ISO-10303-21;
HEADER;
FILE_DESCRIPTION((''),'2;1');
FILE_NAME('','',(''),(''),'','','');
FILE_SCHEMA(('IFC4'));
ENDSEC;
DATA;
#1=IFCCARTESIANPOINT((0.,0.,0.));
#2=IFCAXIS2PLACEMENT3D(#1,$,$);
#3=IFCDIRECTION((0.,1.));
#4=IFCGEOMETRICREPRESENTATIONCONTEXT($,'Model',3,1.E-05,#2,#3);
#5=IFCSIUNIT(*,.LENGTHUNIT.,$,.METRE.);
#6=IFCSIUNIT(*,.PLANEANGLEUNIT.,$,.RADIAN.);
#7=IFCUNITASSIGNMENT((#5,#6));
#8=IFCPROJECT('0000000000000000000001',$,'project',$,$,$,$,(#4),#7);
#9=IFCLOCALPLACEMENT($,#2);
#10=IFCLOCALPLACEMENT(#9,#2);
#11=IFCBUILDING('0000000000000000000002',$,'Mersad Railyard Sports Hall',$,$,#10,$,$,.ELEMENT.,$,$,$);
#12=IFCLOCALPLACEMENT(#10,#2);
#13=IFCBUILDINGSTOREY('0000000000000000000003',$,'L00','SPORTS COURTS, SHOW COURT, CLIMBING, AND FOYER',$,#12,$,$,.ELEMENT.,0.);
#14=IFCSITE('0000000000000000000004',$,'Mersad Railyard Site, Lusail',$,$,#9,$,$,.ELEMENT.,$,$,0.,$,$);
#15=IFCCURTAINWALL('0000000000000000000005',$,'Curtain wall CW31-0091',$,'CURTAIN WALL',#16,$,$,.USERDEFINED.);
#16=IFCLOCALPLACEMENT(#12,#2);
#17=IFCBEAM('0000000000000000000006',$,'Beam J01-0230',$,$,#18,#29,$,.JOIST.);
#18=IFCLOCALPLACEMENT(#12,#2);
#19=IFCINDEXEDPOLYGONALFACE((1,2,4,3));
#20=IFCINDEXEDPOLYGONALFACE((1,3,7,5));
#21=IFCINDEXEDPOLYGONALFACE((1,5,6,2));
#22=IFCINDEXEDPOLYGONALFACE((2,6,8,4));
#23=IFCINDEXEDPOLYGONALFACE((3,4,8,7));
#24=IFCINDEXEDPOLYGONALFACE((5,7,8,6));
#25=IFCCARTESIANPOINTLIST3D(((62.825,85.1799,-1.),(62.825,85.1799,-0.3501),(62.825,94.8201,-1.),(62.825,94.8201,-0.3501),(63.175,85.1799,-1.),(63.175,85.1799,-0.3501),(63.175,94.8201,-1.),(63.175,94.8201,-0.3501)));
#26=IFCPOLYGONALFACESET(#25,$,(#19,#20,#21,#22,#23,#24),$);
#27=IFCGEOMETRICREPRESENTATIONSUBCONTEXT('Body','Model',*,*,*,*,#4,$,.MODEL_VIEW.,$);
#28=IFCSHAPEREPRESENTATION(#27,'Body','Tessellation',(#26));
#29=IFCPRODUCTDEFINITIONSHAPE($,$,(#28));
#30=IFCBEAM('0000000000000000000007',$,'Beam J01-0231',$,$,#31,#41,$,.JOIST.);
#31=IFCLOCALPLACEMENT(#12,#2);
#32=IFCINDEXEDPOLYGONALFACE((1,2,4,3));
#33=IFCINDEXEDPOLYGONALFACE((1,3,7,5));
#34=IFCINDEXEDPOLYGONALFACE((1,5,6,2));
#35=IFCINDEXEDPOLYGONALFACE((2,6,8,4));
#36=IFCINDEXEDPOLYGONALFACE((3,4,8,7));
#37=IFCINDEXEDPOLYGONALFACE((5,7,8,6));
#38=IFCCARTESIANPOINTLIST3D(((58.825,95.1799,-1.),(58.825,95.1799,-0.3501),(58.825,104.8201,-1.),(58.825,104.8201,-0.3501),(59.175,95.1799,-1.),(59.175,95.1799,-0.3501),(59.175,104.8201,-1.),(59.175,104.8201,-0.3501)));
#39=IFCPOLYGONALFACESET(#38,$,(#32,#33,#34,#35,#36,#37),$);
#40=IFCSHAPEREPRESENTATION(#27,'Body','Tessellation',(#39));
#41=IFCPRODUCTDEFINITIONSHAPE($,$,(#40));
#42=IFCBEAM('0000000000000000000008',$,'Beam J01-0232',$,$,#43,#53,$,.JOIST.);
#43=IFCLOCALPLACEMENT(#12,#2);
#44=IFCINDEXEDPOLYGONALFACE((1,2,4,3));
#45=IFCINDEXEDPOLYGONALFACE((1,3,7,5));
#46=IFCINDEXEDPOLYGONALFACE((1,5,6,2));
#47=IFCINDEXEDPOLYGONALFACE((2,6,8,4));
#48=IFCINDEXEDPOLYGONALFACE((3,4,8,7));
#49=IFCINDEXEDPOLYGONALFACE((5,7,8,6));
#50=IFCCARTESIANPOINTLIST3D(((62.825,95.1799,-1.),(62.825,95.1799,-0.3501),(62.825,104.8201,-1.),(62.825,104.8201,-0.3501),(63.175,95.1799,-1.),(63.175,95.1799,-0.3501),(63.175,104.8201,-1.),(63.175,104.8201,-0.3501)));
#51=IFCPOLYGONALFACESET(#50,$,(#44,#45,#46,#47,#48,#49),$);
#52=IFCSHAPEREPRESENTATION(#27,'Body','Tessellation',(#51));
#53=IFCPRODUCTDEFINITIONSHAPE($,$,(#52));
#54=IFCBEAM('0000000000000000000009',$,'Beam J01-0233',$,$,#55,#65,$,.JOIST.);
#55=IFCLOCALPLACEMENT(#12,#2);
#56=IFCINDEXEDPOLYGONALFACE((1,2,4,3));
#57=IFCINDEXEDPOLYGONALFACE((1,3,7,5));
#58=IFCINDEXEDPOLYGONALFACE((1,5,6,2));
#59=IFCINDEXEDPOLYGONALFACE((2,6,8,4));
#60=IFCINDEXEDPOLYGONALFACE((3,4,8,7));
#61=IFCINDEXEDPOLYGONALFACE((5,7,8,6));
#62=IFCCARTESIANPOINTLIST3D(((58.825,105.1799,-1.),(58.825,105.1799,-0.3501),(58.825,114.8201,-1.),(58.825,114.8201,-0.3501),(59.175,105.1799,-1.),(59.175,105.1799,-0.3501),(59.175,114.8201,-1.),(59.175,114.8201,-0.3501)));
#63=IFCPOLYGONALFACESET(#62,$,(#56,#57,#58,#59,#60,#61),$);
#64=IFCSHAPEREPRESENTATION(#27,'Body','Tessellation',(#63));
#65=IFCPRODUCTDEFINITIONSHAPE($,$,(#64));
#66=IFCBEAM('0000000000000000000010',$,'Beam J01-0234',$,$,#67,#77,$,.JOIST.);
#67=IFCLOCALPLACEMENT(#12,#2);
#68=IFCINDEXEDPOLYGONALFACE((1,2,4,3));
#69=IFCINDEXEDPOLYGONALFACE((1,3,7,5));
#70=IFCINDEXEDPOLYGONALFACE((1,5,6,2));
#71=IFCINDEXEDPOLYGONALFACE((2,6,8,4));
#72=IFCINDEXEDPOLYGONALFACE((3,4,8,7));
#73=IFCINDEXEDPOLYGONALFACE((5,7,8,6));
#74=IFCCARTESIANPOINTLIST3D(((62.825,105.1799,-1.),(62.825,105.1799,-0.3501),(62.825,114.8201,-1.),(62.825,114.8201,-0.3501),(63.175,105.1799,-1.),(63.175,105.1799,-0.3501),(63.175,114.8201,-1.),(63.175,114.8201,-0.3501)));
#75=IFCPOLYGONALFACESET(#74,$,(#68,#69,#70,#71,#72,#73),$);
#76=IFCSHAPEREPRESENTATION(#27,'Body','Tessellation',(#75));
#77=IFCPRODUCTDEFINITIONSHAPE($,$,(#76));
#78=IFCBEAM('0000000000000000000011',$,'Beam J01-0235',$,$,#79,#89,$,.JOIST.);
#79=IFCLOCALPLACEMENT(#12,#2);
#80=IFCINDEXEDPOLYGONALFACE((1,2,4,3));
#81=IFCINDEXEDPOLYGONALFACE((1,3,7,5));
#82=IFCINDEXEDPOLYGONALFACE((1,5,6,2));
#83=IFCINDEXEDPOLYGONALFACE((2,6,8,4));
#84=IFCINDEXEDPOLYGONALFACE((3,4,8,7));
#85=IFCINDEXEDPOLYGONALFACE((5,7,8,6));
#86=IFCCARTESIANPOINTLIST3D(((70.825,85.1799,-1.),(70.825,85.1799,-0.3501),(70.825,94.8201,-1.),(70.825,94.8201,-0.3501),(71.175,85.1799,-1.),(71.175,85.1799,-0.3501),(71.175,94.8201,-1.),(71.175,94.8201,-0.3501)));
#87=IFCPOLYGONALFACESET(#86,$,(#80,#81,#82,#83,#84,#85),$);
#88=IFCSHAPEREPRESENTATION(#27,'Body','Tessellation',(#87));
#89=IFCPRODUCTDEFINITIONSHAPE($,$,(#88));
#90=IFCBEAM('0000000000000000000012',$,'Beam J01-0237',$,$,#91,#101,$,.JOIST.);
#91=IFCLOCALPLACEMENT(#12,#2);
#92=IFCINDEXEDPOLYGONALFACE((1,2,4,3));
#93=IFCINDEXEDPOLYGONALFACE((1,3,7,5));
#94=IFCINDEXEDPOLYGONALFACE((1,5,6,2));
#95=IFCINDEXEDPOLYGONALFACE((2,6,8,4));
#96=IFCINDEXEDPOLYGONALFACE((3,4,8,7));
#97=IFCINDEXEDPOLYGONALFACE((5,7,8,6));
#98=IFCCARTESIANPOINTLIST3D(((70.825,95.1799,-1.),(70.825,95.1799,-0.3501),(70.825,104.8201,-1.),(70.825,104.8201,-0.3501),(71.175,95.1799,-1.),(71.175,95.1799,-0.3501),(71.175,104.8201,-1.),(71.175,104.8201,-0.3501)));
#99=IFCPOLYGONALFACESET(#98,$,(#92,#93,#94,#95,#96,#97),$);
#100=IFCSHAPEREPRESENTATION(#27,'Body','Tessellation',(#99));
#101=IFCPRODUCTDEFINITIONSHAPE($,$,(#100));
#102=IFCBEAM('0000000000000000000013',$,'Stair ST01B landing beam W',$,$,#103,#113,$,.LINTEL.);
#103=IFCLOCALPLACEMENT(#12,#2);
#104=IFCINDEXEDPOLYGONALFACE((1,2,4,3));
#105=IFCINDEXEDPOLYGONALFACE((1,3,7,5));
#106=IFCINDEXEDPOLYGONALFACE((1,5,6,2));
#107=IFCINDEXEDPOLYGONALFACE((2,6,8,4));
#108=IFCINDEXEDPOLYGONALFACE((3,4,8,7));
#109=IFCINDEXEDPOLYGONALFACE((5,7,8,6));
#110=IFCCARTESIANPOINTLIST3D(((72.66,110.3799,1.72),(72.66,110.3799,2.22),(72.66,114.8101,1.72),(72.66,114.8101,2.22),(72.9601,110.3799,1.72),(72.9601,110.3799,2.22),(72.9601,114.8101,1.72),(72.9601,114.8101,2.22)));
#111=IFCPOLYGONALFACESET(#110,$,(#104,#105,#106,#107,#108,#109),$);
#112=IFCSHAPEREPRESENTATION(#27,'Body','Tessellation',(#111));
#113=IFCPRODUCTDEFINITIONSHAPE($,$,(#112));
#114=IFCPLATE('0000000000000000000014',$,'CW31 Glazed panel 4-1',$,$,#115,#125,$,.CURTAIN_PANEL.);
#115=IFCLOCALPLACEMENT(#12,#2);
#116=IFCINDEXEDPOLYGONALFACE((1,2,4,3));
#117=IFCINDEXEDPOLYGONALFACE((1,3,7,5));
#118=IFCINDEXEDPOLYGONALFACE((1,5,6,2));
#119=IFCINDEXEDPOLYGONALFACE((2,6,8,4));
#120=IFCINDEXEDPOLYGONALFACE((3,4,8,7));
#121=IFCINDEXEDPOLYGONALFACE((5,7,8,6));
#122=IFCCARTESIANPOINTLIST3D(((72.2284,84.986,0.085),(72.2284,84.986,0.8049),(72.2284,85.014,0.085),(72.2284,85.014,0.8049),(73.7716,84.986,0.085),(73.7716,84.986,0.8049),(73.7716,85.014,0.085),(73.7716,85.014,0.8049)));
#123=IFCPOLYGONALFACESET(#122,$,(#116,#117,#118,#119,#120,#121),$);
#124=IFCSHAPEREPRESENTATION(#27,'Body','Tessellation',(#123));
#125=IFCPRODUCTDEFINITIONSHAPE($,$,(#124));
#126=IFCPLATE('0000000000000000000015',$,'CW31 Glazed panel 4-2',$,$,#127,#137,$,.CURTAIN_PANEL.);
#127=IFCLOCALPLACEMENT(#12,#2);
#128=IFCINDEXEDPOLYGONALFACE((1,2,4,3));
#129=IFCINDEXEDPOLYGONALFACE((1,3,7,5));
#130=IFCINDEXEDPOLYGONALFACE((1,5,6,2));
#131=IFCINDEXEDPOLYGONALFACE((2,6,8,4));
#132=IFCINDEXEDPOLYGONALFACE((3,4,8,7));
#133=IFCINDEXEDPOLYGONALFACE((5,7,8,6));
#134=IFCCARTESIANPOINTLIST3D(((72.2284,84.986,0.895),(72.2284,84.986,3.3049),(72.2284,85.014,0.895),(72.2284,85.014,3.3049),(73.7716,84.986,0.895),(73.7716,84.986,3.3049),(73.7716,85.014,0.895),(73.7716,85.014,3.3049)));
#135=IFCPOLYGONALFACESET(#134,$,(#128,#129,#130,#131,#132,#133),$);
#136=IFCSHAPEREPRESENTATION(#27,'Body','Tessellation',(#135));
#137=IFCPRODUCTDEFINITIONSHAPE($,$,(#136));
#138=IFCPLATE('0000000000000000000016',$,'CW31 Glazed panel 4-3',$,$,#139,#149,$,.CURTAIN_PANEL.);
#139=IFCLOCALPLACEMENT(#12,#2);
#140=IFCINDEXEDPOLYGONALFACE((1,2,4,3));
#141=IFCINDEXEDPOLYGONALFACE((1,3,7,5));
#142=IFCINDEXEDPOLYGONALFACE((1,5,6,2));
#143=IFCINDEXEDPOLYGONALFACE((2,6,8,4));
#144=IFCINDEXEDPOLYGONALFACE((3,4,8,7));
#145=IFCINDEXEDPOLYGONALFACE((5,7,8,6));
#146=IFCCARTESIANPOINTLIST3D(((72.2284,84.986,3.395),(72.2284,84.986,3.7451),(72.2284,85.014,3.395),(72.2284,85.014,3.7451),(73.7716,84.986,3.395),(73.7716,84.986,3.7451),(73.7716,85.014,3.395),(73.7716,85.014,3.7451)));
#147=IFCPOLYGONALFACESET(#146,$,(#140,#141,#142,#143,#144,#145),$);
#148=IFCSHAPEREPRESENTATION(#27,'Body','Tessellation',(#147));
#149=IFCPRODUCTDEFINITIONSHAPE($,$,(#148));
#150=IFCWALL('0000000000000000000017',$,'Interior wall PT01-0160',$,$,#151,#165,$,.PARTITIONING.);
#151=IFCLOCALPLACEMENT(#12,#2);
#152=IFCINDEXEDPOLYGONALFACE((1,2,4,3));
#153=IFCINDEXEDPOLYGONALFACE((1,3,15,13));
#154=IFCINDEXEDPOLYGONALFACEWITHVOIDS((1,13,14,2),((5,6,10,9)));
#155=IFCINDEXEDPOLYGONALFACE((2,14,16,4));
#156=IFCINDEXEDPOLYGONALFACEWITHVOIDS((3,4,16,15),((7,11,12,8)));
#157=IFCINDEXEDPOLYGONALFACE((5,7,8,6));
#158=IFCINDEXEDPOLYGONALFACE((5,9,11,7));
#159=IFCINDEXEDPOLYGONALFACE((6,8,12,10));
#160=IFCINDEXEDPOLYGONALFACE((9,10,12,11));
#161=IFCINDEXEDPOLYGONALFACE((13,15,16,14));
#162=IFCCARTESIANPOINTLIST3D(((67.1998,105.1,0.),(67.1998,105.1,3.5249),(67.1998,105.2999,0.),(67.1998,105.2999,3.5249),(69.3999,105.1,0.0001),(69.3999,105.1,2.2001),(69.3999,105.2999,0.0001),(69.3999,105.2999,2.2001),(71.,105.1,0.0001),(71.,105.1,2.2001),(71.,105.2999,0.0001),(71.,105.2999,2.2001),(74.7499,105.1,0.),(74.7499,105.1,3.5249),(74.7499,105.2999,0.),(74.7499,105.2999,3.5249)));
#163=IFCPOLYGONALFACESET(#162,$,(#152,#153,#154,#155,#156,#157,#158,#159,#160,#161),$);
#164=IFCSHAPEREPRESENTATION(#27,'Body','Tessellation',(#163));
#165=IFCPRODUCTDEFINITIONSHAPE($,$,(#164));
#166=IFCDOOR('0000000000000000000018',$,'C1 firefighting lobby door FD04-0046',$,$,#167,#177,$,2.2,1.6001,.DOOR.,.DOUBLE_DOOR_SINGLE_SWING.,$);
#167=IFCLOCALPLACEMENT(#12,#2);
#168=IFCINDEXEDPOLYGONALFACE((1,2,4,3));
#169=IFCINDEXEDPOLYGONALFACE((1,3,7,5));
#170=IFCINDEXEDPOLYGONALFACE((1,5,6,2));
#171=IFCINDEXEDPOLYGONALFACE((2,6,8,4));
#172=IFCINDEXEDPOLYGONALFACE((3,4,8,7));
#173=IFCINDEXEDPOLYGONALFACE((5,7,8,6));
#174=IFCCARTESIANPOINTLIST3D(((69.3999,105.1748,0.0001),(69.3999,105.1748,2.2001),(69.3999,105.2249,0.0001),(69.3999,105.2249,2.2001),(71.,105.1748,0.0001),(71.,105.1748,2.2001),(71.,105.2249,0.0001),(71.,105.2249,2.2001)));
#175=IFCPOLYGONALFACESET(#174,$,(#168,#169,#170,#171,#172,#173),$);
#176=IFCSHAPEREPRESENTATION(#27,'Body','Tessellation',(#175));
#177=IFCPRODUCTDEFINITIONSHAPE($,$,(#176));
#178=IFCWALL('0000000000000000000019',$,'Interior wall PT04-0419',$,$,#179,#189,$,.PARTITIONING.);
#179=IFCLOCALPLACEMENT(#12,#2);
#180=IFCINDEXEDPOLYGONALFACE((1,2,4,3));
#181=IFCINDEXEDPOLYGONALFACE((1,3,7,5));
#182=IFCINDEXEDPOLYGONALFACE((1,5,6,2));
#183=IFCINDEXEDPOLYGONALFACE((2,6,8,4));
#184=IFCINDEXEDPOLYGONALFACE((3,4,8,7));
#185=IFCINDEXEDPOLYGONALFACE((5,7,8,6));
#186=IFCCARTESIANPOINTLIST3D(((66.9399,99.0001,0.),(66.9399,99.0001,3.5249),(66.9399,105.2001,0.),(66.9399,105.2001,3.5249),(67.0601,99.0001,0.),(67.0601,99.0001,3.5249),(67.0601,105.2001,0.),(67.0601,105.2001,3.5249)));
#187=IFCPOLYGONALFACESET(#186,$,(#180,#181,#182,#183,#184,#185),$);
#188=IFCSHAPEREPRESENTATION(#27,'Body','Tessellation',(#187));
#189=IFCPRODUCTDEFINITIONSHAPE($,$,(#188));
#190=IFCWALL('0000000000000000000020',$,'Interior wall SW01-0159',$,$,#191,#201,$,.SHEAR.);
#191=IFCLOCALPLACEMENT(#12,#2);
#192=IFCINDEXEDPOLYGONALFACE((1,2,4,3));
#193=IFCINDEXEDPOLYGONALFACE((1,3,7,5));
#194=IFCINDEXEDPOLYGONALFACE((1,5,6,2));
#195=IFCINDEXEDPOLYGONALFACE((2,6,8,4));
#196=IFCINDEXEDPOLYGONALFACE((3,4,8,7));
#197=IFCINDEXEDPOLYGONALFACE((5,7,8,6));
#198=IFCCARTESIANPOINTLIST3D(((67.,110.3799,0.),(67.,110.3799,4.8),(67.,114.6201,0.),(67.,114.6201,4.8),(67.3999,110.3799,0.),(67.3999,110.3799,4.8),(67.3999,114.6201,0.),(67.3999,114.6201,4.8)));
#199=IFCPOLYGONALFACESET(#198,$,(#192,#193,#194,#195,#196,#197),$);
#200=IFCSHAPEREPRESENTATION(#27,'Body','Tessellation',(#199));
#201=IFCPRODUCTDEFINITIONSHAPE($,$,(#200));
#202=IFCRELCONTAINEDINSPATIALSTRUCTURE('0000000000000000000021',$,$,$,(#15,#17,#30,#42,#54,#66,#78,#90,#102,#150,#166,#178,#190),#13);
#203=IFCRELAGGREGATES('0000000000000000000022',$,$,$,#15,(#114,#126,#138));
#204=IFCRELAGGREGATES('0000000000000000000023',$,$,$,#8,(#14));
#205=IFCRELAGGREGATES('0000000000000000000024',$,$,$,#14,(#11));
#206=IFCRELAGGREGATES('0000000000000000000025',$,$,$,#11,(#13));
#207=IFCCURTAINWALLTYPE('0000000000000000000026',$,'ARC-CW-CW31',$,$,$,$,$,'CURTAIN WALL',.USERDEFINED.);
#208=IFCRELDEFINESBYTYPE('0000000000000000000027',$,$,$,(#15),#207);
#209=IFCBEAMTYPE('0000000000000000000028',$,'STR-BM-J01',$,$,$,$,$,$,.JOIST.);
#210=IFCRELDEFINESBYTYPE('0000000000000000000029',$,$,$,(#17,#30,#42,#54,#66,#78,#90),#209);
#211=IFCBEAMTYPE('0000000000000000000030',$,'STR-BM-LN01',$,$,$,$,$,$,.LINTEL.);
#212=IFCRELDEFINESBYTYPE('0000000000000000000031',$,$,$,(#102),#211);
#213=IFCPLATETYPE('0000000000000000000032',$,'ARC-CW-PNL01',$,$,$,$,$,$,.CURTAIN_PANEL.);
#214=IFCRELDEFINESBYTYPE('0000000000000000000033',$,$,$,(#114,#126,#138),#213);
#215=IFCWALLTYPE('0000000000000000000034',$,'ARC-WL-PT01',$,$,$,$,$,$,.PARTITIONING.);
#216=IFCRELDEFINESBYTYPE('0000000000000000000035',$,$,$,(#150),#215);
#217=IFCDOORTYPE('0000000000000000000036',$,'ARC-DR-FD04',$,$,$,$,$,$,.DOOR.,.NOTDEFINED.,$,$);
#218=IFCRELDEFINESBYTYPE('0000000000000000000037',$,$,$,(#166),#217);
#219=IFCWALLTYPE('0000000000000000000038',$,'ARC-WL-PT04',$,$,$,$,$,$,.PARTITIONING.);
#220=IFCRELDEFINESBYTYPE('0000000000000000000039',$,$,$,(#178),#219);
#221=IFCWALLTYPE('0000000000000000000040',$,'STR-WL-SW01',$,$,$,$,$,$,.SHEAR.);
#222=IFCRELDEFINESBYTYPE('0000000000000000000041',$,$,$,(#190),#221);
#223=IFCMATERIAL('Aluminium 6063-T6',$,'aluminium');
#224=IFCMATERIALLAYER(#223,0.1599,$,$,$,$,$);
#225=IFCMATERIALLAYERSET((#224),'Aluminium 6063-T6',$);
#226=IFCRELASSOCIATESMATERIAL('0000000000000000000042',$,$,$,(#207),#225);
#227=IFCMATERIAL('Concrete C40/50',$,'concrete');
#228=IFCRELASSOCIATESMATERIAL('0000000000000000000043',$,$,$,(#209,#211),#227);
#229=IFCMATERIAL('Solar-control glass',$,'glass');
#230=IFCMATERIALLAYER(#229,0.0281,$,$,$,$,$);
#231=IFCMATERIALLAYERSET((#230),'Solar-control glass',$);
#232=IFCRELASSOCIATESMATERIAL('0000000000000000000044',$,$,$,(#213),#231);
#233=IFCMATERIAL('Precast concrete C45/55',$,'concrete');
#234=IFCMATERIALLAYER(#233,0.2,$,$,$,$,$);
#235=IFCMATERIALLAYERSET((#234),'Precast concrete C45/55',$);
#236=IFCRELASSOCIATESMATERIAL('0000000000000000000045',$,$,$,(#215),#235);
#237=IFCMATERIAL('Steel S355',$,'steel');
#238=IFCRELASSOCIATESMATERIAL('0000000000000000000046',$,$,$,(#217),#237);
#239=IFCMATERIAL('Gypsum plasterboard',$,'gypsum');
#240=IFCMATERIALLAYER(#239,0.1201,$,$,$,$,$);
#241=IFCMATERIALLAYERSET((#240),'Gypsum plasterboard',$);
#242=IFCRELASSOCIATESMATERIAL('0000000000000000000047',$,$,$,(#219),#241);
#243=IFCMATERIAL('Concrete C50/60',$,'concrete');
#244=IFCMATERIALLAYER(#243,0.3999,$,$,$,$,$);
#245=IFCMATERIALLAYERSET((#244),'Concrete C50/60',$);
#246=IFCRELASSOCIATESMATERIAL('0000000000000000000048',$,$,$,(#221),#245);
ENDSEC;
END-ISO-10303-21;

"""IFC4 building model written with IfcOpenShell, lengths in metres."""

from ifc_helpers import new_model, si_unit, direction, frame, frame_2d, origin, origin_2d, place, context, subcontext, project, spatial, rectangle, extrude, material, layer, layer_set, material_profile, profile_set, type_object, element, fill, aggregate, save


model = new_model("IFC4")

# Units and contexts
model_context = context("Model", 3, precision=1e-05, world=origin(), true_north=direction((0.0, 1.0)))
body_context = subcontext(model_context, "Body", "Model", "MODEL_VIEW")
ifc_project = project(units=[si_unit("LENGTHUNIT", "METRE"), si_unit("PLANEANGLEUNIT", "RADIAN")], contexts=[model_context])

# Site, building, storey
site_placement = place(None, origin())
site = spatial("IfcSite", under=ifc_project, at=site_placement, Name="Mersad Railyard Site, Lusail", CompositionType="ELEMENT", RefElevation=0.0)
building_placement = place(site_placement, origin())
building = spatial("IfcBuilding", under=site, at=building_placement, Name="Mersad Railyard Sports Hall", CompositionType="ELEMENT")
storey_placement = place(building_placement, origin())
storey = spatial("IfcBuildingStorey", under=building, at=storey_placement, Name="L00", Description="SPORTS COURTS, SHOW COURT, CLIMBING, AND FOYER", CompositionType="ELEMENT", Elevation=0.0)

# Shared definitions
ifc_material_1 = material(Name="Concrete C50/60", Category="concrete")

# Curtain wall
ifc_material_2 = material(Name="Aluminium 6063-T6", Category="aluminium")
ifc_layer_1 = layer(ifc_material_2, 0.1599)
ifc_layer_set_1 = layer_set([ifc_layer_1], Name="Aluminium 6063-T6")
curtain_wall_type = type_object("IfcCurtainWallType", Name="ARC-CW-CW31", ElementType="CURTAIN WALL", PredefinedType="USERDEFINED", material=ifc_layer_set_1)
curtain_wall_placement = place(storey_placement, origin())
curtain_wall = element("IfcCurtainWall", 1, at=curtain_wall_placement, inside=storey, type_object=curtain_wall_type, Name="Curtain wall CW31-0091", ObjectType="CURTAIN WALL", PredefinedType="USERDEFINED")

# Beams
ifc_material_3 = material(Name="Concrete C40/50", Category="concrete")
ifc_material_profile_1 = material_profile(ifc_material_3, rectangle(XDim=0.3501, YDim=0.6499, at=origin_2d()), Name="RC 350x650")
ifc_profile_set_1 = profile_set([ifc_material_profile_1], Name="Concrete C40/50")
beam_type_1 = type_object("IfcBeamType", Name="STR-BM-J01", PredefinedType="JOIST", material=ifc_profile_set_1)
for number, where, z_axis, x_axis, name in (
    (2, (63.0, 85.1799, -0.675), (0.0, 1.0, 0.0), (-1.0, 0.0, 0.0), "Beam J01-0230"),
    (3, (59.0, 95.1799, -0.675), (0.0, 1.0, 0.0), (-1.0, 0.0, 0.0), "Beam J01-0231"),
    (4, (63.0, 95.1799, -0.675), (0.0, 1.0, 0.0), (-1.0, 0.0, 0.0), "Beam J01-0232"),
    (5, (59.0, 105.1799, -0.675), (0.0, 1.0, 0.0), (-1.0, 0.0, 0.0), "Beam J01-0233"),
    (6, (63.0, 105.1799, -0.675), (0.0, 1.0, 0.0), (-1.0, 0.0, 0.0), "Beam J01-0234"),
    (7, (71.0, 85.1799, -0.675), (0.0, 1.0, 0.0), (-1.0, 0.0, 0.0), "Beam J01-0235"),
    (8, (71.0, 95.1799, -0.675), (0.0, 1.0, 0.0), (-1.0, 0.0, 0.0), "Beam J01-0237"),
):
    element("IfcBeam", number, at=place(storey_placement, frame(where, z_axis=z_axis, x_axis=x_axis)), inside=storey, type_object=beam_type_1, Name=name, PredefinedType="JOIST", context=body_context, shape_type="SweptSolid", body=[
        extrude(rectangle(XDim=0.3501, YDim=0.6499, at=origin_2d()), origin(), (0.0, 0.0, 1.0), 9.6401),
    ])
ifc_material_profile_2 = material_profile(ifc_material_3, rectangle(XDim=0.3, YDim=0.5, at=origin_2d()), Name="RC 300x500")
ifc_profile_set_2 = profile_set([ifc_material_profile_2], Name="Concrete C40/50")
beam_type_2 = type_object("IfcBeamType", Name="STR-BM-LN01", PredefinedType="LINTEL", material=ifc_profile_set_2)
beam_placement = place(storey_placement, frame((72.8101, 110.3799, 1.97), z_axis=(0.0, 1.0, 0.0), x_axis=(-1.0, 0.0, 0.0)))
element("IfcBeam", 9, at=beam_placement, inside=storey, type_object=beam_type_2, Name="Stair ST01B landing beam W", PredefinedType="LINTEL", context=body_context, shape_type="SweptSolid", body=[
    extrude(rectangle(XDim=0.3, YDim=0.5, at=origin_2d()), origin(), (0.0, 0.0, 1.0), 4.4302),
])

# Plates
ifc_material_4 = material(Name="Solar-control glass", Category="glass")
ifc_layer_2 = layer(ifc_material_4, 0.0281)
ifc_layer_set_2 = layer_set([ifc_layer_2], Name="Solar-control glass")
plate_type = type_object("IfcPlateType", Name="ARC-CW-PNL01", PredefinedType="CURTAIN_PANEL", material=ifc_layer_set_2)
plate_1_placement = place(storey_placement, frame((73.0, 85.0, 0.085), z_axis=(0.0, 0.0, 1.0), x_axis=(-1.0, 0.0, 0.0)))
plate_1 = element("IfcPlate", 10, at=plate_1_placement, type_object=plate_type, Name="CW31 Glazed panel 4-1", PredefinedType="CURTAIN_PANEL", context=body_context, shape_type="SweptSolid", body=[
    extrude(rectangle(XDim=1.5432, YDim=0.0281, at=origin_2d()), origin(), (0.0, 0.0, 1.0), 0.72),
])
plate_2_placement = place(storey_placement, frame((73.0, 85.0, 0.895), z_axis=(0.0, 0.0, 1.0), x_axis=(-1.0, 0.0, 0.0)))
plate_2 = element("IfcPlate", 11, at=plate_2_placement, type_object=plate_type, Name="CW31 Glazed panel 4-2", PredefinedType="CURTAIN_PANEL", context=body_context, shape_type="SweptSolid", body=[
    extrude(rectangle(XDim=1.5432, YDim=0.0281, at=origin_2d()), origin(), (0.0, 0.0, 1.0), 2.4099),
])
plate_3_placement = place(storey_placement, frame((73.0, 85.0, 3.395), z_axis=(0.0, 0.0, 1.0), x_axis=(-1.0, 0.0, 0.0)))
plate_3 = element("IfcPlate", 12, at=plate_3_placement, type_object=plate_type, Name="CW31 Glazed panel 4-3", PredefinedType="CURTAIN_PANEL", context=body_context, shape_type="SweptSolid", body=[
    extrude(rectangle(XDim=1.5432, YDim=0.0281, at=origin_2d()), origin(), (0.0, 0.0, 1.0), 0.3501),
])
aggregate(curtain_wall, [plate_1, plate_2, plate_3])

# Wall, opening, door
ifc_material_5 = material(Name="Precast concrete C45/55", Category="concrete")
ifc_layer_3 = layer(ifc_material_5, 0.2)
ifc_layer_set_3 = layer_set([ifc_layer_3], Name="Precast concrete C45/55")
wall_type_1 = type_object("IfcWallType", Name="ARC-WL-PT01", PredefinedType="PARTITIONING", material=ifc_layer_set_3)
wall_1_placement = place(storey_placement, frame((67.2, 105.2, 0.0), z_axis=(0.0, 0.0, 1.0), x_axis=(1.0, 0.0, 0.0)))
wall_1 = element("IfcWall", 13, at=wall_1_placement, inside=storey, type_object=wall_type_1, Name="Interior wall PT01-0160", PredefinedType="PARTITIONING", context=body_context, shape_type="SweptSolid", body=[
    extrude(rectangle(XDim=7.55, YDim=0.2, at=frame_2d((3.7749, 0.0))), origin(), (0.0, 0.0, 1.0), 3.5249),
])
opening_1_placement = place(wall_1_placement, frame((2.2, 0.0, 0.0)))
opening_1 = element("IfcOpeningElement", 14, at=opening_1_placement, cuts=wall_1, PredefinedType="OPENING", context=body_context, shape_type="SweptSolid", body=[
    extrude(rectangle(XDim=1.6001, YDim=2.2, at=frame_2d((0.8, 1.1001))), frame((0.0, 0.1099, 0.0), z_axis=(0.0, -1.0, 0.0), x_axis=(1.0, 0.0, 0.0)), (0.0, 0.0, 1.0), 0.22),
])
ifc_material_6 = material(Name="Steel S355", Category="steel")
door_type_1 = type_object("IfcDoorType", Name="ARC-DR-FD04", OperationType="NOTDEFINED", PredefinedType="DOOR", material=ifc_material_6)
door_1_placement = place(opening_1_placement, origin())
door_1 = element("IfcDoor", 15, at=door_1_placement, inside=storey, type_object=door_type_1, Name="C1 firefighting lobby door FD04-0046", OperationType="DOUBLE_DOOR_SINGLE_SWING", OverallHeight=2.2, OverallWidth=1.6001, PredefinedType="DOOR", context=body_context, shape_type="SweptSolid", body=[
    extrude(rectangle(XDim=1.6001, YDim=2.2, at=frame_2d((0.8, 1.1001))), frame((0.0, 0.0249, 0.0), z_axis=(0.0, -1.0, 0.0), x_axis=(1.0, 0.0, 0.0)), (0.0, 0.0, 1.0), 0.05),
])
fill(opening_1, door_1)

# Wall
ifc_material_7 = material(Name="Gypsum plasterboard", Category="gypsum")
ifc_layer_4 = layer(ifc_material_7, 0.1201)
ifc_layer_set_4 = layer_set([ifc_layer_4], Name="Gypsum plasterboard")
wall_type_2 = type_object("IfcWallType", Name="ARC-WL-PT04", PredefinedType="PARTITIONING", material=ifc_layer_set_4)
wall_2_placement = place(storey_placement, frame((67.0, 99.0, 0.0), z_axis=(0.0, 0.0, 1.0), x_axis=(0.0, 1.0, 0.0)))
element("IfcWall", 16, at=wall_2_placement, inside=storey, type_object=wall_type_2, Name="Interior wall PT04-0419", PredefinedType="PARTITIONING", context=body_context, shape_type="SweptSolid", body=[
    extrude(rectangle(XDim=6.2, YDim=0.1201, at=frame_2d((3.1001, 0.0))), origin(), (0.0, 0.0, 1.0), 3.5249),
])

# Shared definitions
ifc_layer_5 = layer(ifc_material_1, 0.3999)
ifc_layer_set_5 = layer_set([ifc_layer_5], Name="Concrete C50/60")
wall_type_3 = type_object("IfcWallType", Name="STR-WL-SW01", PredefinedType="SHEAR", material=ifc_layer_set_5)

# Wall
wall_3_placement = place(storey_placement, frame((67.2, 114.6201, 0.0), z_axis=(0.0, 0.0, 1.0), x_axis=(0.0, -1.0, 0.0)))
element("IfcWall", 17, at=wall_3_placement, inside=storey, type_object=wall_type_3, Name="Interior wall SW01-0159", PredefinedType="SHEAR", context=body_context, shape_type="SweptSolid", body=[
    extrude(rectangle(XDim=4.2402, YDim=0.3999, at=frame_2d((2.1201, 0.0))), origin(), (0.0, 0.0, 1.0), 4.8),
])

save(model, "model.ifc")
